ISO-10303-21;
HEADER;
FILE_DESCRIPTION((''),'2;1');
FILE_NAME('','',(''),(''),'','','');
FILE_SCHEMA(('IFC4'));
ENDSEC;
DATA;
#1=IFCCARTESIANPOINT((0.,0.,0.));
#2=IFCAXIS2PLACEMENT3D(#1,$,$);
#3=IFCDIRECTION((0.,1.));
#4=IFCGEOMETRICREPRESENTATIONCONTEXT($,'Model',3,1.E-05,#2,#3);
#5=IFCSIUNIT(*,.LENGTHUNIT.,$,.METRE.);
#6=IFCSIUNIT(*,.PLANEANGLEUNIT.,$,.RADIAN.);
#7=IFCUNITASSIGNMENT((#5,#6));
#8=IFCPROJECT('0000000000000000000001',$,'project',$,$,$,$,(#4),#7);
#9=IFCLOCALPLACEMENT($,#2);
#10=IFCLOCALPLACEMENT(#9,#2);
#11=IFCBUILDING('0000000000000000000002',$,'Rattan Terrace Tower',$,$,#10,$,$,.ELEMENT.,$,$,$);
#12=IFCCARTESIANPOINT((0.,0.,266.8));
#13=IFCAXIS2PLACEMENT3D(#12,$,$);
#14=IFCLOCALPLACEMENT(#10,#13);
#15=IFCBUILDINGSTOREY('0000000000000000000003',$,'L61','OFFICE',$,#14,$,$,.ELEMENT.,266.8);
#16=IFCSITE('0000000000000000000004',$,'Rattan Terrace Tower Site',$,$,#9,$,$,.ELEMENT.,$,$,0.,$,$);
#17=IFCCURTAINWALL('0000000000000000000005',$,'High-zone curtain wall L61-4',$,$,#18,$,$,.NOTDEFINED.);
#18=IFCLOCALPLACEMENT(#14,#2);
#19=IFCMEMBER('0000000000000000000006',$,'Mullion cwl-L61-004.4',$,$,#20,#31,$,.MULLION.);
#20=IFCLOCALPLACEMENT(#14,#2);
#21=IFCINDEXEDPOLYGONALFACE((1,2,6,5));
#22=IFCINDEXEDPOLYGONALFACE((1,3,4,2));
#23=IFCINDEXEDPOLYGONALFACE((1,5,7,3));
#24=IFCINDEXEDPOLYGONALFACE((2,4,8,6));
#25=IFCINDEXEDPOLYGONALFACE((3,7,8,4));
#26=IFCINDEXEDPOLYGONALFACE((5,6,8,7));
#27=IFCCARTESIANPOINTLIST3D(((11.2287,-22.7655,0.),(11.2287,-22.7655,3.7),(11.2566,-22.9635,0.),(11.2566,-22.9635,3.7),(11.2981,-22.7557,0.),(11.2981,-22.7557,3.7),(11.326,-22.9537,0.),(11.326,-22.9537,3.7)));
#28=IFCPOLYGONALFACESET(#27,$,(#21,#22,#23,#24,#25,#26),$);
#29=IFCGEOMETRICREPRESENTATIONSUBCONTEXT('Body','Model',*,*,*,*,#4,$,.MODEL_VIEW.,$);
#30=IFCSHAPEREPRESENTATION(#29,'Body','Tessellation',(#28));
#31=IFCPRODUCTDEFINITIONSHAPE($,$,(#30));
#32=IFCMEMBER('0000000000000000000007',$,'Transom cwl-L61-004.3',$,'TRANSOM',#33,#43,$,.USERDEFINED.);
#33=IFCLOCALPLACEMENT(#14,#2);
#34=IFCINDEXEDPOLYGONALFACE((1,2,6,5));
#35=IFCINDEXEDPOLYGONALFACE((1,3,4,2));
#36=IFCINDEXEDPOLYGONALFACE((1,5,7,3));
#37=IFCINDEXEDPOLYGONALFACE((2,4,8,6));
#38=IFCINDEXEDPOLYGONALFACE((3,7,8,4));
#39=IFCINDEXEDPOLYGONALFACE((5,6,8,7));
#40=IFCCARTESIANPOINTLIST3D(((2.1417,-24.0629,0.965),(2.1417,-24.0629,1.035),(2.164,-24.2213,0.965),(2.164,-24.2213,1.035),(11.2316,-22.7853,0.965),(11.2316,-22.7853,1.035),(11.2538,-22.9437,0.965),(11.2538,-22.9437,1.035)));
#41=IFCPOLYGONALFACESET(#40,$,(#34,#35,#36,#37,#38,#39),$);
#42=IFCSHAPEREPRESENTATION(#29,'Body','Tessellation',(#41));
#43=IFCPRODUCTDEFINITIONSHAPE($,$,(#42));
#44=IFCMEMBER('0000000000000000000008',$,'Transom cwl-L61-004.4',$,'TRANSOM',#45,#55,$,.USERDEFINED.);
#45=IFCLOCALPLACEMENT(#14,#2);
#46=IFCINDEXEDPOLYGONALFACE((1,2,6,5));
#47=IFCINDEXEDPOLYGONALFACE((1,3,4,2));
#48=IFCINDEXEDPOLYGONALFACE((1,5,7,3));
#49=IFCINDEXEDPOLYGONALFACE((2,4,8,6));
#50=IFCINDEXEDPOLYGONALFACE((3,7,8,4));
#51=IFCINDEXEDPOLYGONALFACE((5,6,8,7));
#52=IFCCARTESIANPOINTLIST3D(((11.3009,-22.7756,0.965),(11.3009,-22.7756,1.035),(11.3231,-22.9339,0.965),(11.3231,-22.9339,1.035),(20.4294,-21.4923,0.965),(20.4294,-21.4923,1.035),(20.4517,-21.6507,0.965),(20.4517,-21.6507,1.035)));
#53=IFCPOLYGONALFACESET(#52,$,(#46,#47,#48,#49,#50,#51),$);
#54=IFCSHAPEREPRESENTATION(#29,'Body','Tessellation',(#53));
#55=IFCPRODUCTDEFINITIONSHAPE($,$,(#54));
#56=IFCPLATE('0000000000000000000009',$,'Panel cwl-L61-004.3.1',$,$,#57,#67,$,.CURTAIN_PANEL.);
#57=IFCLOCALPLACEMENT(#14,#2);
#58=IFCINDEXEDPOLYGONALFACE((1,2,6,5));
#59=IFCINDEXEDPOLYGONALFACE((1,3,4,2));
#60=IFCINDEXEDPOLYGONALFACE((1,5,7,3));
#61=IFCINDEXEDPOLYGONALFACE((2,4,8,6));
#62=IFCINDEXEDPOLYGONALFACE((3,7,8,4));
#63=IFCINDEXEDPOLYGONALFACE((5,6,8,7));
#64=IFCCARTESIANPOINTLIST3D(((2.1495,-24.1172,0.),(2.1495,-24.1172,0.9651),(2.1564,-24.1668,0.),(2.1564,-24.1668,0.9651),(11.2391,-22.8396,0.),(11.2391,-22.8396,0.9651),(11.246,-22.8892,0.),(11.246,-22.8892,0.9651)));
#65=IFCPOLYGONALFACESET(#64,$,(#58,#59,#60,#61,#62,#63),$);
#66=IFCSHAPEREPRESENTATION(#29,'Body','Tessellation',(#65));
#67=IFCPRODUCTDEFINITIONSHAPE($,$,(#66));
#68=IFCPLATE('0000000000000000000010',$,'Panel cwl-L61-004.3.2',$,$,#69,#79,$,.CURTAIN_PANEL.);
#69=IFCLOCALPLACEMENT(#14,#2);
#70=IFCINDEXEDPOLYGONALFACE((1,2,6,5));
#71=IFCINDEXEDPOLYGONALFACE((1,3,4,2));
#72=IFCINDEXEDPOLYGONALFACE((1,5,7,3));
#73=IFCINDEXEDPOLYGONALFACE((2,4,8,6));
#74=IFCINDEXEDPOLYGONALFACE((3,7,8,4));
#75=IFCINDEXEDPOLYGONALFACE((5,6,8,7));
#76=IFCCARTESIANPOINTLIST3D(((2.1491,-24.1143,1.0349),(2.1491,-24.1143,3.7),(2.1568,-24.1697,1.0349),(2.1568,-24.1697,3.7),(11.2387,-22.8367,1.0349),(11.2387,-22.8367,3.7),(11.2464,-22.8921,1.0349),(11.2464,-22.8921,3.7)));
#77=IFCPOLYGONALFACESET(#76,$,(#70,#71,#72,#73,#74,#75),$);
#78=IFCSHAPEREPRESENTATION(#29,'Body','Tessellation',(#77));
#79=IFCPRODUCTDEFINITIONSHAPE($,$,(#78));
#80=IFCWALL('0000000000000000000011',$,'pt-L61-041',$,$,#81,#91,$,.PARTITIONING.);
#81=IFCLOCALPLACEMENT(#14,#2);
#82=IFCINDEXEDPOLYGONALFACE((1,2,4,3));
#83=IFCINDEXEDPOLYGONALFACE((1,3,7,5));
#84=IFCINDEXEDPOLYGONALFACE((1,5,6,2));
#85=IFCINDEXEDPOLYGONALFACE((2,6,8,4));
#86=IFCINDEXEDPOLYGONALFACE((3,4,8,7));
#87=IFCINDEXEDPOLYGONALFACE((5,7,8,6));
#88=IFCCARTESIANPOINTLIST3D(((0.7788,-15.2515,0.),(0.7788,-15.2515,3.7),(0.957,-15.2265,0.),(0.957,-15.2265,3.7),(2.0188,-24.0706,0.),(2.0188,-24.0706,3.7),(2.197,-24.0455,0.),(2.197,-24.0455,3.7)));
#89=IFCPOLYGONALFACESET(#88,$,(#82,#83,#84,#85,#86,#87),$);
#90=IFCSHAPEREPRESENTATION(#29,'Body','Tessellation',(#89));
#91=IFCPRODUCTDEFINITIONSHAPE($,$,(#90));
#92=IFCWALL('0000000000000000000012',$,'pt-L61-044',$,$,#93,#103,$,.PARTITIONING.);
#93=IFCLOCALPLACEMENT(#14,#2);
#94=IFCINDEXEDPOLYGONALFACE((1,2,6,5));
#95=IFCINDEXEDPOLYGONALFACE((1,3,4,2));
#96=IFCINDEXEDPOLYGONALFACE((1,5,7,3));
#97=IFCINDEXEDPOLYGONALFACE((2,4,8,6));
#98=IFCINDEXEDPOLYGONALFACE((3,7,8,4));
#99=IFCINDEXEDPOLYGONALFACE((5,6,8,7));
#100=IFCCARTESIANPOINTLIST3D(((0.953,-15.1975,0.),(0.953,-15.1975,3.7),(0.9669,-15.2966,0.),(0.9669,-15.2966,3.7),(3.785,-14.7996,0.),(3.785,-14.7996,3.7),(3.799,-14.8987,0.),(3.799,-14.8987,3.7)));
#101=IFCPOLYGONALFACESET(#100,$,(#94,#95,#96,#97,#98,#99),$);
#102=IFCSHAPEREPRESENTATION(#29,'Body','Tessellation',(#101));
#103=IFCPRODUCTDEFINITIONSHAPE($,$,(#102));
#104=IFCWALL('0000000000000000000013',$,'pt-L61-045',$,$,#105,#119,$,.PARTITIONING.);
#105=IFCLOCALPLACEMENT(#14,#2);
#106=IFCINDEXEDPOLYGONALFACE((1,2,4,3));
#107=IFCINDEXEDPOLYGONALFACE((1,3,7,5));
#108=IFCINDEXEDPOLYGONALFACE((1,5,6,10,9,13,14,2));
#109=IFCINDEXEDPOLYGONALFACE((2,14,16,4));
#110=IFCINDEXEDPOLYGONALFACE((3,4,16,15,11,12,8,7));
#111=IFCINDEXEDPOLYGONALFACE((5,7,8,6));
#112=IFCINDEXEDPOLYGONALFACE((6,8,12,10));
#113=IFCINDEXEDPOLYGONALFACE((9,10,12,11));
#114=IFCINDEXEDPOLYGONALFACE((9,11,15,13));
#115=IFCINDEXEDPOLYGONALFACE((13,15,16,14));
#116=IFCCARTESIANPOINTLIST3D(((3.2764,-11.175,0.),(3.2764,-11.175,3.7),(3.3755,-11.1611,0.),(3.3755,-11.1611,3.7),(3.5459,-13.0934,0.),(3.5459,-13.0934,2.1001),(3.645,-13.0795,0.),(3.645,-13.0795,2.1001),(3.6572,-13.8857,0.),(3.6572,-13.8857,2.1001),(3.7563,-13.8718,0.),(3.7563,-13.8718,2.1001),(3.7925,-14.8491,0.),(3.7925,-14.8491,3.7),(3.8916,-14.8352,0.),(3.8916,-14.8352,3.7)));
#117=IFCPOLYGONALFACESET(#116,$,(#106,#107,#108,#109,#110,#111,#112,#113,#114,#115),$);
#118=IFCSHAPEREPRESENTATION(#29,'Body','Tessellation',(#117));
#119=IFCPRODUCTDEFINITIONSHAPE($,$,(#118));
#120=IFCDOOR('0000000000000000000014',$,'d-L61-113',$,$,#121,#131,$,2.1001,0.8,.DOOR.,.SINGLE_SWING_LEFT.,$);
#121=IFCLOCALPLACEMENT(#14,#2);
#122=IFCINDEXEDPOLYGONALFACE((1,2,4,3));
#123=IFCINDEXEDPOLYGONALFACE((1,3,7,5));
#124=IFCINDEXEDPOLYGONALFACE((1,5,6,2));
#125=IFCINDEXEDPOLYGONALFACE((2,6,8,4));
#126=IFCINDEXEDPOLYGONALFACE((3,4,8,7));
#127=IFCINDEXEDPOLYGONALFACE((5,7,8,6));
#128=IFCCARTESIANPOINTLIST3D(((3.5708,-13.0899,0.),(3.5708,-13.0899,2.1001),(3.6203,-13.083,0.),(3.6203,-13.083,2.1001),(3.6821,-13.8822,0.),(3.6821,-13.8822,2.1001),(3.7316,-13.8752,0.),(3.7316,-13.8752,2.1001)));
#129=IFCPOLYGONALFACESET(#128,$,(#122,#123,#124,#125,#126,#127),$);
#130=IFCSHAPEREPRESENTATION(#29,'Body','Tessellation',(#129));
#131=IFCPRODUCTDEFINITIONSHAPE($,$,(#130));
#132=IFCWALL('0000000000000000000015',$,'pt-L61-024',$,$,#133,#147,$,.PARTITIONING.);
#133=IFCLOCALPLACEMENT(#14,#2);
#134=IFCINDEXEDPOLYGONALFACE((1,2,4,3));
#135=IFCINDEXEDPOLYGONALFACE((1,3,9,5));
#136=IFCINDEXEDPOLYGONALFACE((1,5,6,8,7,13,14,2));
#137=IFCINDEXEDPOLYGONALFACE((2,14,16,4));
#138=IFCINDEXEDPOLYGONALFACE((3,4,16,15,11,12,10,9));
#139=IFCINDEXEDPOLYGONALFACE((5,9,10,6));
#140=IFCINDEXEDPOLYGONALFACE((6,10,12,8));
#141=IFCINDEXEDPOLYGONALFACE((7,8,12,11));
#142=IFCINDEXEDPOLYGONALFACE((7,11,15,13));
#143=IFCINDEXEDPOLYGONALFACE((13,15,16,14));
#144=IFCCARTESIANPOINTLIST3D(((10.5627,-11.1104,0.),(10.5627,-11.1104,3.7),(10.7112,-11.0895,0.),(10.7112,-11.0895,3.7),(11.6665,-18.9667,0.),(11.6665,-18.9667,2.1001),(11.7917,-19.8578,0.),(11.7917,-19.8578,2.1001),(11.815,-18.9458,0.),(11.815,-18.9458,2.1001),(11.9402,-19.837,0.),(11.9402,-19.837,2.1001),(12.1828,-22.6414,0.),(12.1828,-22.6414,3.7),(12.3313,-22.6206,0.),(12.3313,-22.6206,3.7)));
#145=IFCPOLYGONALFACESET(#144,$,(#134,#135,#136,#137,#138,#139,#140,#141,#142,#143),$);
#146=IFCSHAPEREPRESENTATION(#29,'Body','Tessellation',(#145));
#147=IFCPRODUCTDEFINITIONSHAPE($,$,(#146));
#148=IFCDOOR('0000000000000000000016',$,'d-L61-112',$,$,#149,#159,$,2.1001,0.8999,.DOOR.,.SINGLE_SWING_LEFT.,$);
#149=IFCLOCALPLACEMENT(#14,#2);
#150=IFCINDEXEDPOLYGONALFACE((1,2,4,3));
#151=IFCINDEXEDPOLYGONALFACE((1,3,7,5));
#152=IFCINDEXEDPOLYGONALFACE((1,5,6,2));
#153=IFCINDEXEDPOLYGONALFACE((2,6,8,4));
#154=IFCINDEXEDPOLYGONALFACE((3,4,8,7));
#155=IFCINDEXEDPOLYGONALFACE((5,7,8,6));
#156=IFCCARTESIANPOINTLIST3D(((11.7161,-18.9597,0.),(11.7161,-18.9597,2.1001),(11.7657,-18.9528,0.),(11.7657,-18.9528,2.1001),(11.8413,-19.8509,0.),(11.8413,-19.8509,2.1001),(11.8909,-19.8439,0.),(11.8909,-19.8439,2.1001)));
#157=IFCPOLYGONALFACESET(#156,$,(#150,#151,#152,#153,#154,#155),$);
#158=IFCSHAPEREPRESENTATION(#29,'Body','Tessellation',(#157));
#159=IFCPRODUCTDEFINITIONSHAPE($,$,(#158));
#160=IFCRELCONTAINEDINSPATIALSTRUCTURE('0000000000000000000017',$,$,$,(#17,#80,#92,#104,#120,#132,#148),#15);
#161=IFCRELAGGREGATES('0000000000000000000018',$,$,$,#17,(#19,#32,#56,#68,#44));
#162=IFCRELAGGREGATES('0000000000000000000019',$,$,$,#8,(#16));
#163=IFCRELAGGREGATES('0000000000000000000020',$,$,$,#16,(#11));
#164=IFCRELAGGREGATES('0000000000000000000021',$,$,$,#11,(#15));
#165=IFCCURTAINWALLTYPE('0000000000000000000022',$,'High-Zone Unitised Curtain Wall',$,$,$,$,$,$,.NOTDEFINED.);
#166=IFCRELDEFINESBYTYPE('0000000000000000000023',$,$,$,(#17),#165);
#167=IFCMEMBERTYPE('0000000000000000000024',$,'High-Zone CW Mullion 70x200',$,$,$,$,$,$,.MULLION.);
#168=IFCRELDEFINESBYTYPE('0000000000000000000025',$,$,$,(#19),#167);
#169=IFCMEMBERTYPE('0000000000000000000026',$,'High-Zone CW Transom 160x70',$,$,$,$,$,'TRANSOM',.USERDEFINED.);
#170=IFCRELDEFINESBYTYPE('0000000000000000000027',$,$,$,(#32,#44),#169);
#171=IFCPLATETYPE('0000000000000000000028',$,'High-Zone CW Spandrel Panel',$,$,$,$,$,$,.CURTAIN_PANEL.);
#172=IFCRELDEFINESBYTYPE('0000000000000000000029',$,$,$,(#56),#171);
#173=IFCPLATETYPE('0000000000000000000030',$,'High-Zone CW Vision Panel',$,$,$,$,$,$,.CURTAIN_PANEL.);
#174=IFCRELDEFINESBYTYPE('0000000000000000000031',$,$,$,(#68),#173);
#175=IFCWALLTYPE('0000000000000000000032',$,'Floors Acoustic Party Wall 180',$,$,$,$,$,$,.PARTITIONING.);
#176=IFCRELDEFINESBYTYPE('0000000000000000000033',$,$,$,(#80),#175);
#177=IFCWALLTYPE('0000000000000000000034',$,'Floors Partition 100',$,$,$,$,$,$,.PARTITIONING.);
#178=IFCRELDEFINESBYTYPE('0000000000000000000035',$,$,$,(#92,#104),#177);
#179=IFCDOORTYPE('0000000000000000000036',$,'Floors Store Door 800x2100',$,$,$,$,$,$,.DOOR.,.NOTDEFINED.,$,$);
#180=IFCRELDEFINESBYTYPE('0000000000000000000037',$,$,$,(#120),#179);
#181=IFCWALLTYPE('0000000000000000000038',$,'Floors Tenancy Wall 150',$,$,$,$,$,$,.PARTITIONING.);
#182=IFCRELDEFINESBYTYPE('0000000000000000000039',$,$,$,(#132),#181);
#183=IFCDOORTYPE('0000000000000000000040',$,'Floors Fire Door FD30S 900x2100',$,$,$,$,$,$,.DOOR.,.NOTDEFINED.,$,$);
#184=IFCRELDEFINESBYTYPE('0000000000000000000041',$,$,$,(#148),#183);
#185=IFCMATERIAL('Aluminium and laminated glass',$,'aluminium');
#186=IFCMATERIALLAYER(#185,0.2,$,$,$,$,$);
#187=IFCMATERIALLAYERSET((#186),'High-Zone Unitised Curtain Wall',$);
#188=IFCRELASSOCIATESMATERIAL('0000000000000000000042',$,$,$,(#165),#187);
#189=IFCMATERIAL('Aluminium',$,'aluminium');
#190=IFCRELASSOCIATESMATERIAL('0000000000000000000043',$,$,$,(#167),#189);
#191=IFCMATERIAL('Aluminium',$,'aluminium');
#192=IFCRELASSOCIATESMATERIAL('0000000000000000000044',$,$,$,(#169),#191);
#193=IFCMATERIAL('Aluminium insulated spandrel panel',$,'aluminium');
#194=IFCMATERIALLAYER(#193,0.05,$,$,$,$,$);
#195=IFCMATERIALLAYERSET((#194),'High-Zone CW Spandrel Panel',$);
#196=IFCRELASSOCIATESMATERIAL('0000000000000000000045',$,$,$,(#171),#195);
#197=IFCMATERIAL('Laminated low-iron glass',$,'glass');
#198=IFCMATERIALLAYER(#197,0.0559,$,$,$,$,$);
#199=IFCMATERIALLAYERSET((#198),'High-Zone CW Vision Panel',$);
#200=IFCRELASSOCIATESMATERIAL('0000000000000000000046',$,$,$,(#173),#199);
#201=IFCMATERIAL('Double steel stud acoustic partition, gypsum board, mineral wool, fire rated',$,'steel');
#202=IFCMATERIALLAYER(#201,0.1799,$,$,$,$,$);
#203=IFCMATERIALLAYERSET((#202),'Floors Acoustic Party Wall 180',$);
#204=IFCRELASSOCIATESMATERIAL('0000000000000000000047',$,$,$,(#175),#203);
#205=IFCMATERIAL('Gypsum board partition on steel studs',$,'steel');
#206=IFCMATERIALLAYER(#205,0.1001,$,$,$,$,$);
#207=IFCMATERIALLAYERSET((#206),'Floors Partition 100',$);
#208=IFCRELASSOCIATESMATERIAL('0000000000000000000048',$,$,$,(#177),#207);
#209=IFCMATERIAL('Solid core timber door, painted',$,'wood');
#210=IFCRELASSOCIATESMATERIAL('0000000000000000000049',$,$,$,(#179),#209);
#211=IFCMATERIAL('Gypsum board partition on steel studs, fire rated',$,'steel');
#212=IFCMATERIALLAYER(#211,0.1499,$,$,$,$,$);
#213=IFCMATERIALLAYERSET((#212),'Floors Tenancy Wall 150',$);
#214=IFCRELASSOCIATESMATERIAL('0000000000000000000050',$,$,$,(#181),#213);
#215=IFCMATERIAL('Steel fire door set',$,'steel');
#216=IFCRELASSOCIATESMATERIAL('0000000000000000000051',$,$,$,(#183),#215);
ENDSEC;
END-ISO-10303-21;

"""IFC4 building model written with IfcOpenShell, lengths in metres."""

from ifc_helpers import new_model, si_unit, direction, frame, frame_2d, origin, origin_2d, place, context, subcontext, project, spatial, rectangle, extrude, material, layer, layer_set, material_profile, profile_set, type_object, element, fill, aggregate, save


model = new_model("IFC4")

# Units and contexts
model_context = context("Model", 3, precision=1e-05, world=origin(), true_north=direction((0.0, 1.0)))
body_context = subcontext(model_context, "Body", "Model", "MODEL_VIEW")
ifc_project = project(units=[si_unit("LENGTHUNIT", "METRE"), si_unit("PLANEANGLEUNIT", "RADIAN")], contexts=[model_context])

# Site, building, storey
site_placement = place(None, origin())
site = spatial("IfcSite", under=ifc_project, at=site_placement, Name="Rattan Terrace Tower Site", CompositionType="ELEMENT", RefElevation=0.0)
building_placement = place(site_placement, origin())
building = spatial("IfcBuilding", under=site, at=building_placement, Name="Rattan Terrace Tower", CompositionType="ELEMENT")
storey_placement = place(building_placement, frame((0.0, 0.0, 266.8)))
storey = spatial("IfcBuildingStorey", under=building, at=storey_placement, Name="L61", Description="OFFICE", CompositionType="ELEMENT", Elevation=266.8)

# Curtain wall, members, plates
ifc_material_1 = material(Name="Aluminium and laminated glass", Category="aluminium")
ifc_layer_1 = layer(ifc_material_1, 0.2)
ifc_layer_set_1 = layer_set([ifc_layer_1], Name="High-Zone Unitised Curtain Wall")
curtain_wall_type = type_object("IfcCurtainWallType", Name="High-Zone Unitised Curtain Wall", PredefinedType="NOTDEFINED", material=ifc_layer_set_1)
curtain_wall_placement = place(storey_placement, origin())
curtain_wall = element("IfcCurtainWall", 1, at=curtain_wall_placement, inside=storey, type_object=curtain_wall_type, Name="High-zone curtain wall L61-4", PredefinedType="NOTDEFINED")
ifc_material_2 = material(Name="Aluminium", Category="aluminium")
ifc_material_profile_1 = material_profile(ifc_material_2, rectangle(XDim=0.0701, YDim=0.2, at=origin_2d()), Name="Aluminium 70x200")
ifc_profile_set_1 = profile_set([ifc_material_profile_1], Name="Aluminium")
member_type_1 = type_object("IfcMemberType", Name="High-Zone CW Mullion 70x200", PredefinedType="MULLION", material=ifc_profile_set_1)
member_1_placement = place(storey_placement, frame((11.2773, -22.8596, 0.0), z_axis=(0.0, 0.0, 1.0), x_axis=(0.990266, 0.139189, 0.0)))
member_1 = element("IfcMember", 2, at=member_1_placement, type_object=member_type_1, Name="Mullion cwl-L61-004.4", PredefinedType="MULLION", context=body_context, shape_type="SweptSolid", body=[
    extrude(rectangle(XDim=0.0701, YDim=0.2, at=origin_2d()), origin(), (0.0, 0.0, 1.0), 3.7),
])
ifc_material_3 = material(Name="Aluminium", Category="aluminium")
ifc_material_profile_2 = material_profile(ifc_material_3, rectangle(XDim=0.1599, YDim=0.0701, at=origin_2d()), Name="Aluminium 160x70")
ifc_profile_set_2 = profile_set([ifc_material_profile_2], Name="Aluminium")
member_type_2 = type_object("IfcMemberType", Name="High-Zone CW Transom 160x70", ElementType="TRANSOM", PredefinedType="USERDEFINED", material=ifc_profile_set_2)
member_2_placement = place(storey_placement, frame((2.1528, -24.1421, 1.0), z_axis=(0.990267, 0.139183, 0.0), x_axis=(-0.139183, 0.990267, 0.0)))
member_2 = element("IfcMember", 3, at=member_2_placement, type_object=member_type_2, Name="Transom cwl-L61-004.3", ObjectType="TRANSOM", PredefinedType="USERDEFINED", context=body_context, shape_type="SweptSolid", body=[
    extrude(rectangle(XDim=0.1599, YDim=0.0701, at=origin_2d()), origin(), (0.0, 0.0, 1.0), 9.1792),
])
member_3_placement = place(storey_placement, frame((11.312, -22.8547, 1.0), z_axis=(0.990264, 0.139204, 0.0), x_axis=(-0.139204, 0.990264, 0.0)))
member_3 = element("IfcMember", 4, at=member_3_placement, type_object=member_type_2, Name="Transom cwl-L61-004.4", ObjectType="TRANSOM", PredefinedType="USERDEFINED", context=body_context, shape_type="SweptSolid", body=[
    extrude(rectangle(XDim=0.1599, YDim=0.0701, at=origin_2d()), origin(), (0.0, 0.0, 1.0), 9.2183),
])
ifc_material_4 = material(Name="Aluminium insulated spandrel panel", Category="aluminium")
ifc_layer_2 = layer(ifc_material_4, 0.05)
ifc_layer_set_2 = layer_set([ifc_layer_2], Name="High-Zone CW Spandrel Panel")
plate_type_1 = type_object("IfcPlateType", Name="High-Zone CW Spandrel Panel", PredefinedType="CURTAIN_PANEL", material=ifc_layer_set_2)
plate_1_placement = place(storey_placement, frame((6.6978, -23.5032, 0.0), z_axis=(0.0, 0.0, 1.0), x_axis=(0.990266, 0.139189, 0.0)))
plate_1 = element("IfcPlate", 5, at=plate_1_placement, type_object=plate_type_1, Name="Panel cwl-L61-004.3.1", PredefinedType="CURTAIN_PANEL", context=body_context, shape_type="SweptSolid", body=[
    extrude(rectangle(XDim=9.179, YDim=0.05, at=origin_2d()), origin(), (0.0, 0.0, 1.0), 0.9651),
])
ifc_material_5 = material(Name="Laminated low-iron glass", Category="glass")
ifc_layer_3 = layer(ifc_material_5, 0.0559)
ifc_layer_set_3 = layer_set([ifc_layer_3], Name="High-Zone CW Vision Panel")
plate_type_2 = type_object("IfcPlateType", Name="High-Zone CW Vision Panel", PredefinedType="CURTAIN_PANEL", material=ifc_layer_set_3)
plate_2_placement = place(storey_placement, frame((6.6978, -23.5032, 1.0349), z_axis=(0.0, 0.0, 1.0), x_axis=(0.990266, 0.139189, 0.0)))
plate_2 = element("IfcPlate", 6, at=plate_2_placement, type_object=plate_type_2, Name="Panel cwl-L61-004.3.2", PredefinedType="CURTAIN_PANEL", context=body_context, shape_type="SweptSolid", body=[
    extrude(rectangle(XDim=9.179, YDim=0.0559, at=origin_2d()), origin(), (0.0, 0.0, 1.0), 2.665),
])
aggregate(curtain_wall, [member_1, member_2, plate_1, plate_2, member_3])

# Walls
ifc_material_6 = material(Name="Double steel stud acoustic partition, gypsum board, mineral wool, fire rated", Category="steel")
ifc_layer_4 = layer(ifc_material_6, 0.1799)
ifc_layer_set_4 = layer_set([ifc_layer_4], Name="Floors Acoustic Party Wall 180")
wall_type_1 = type_object("IfcWallType", Name="Floors Acoustic Party Wall 180", PredefinedType="PARTITIONING", material=ifc_layer_set_4)
wall_1_placement = place(storey_placement, frame((0.8679, -15.239, 0.0), z_axis=(0.0, 0.0, 1.0), x_axis=(0.139233, -0.99026, 0.0)))
element("IfcWall", 7, at=wall_1_placement, inside=storey, type_object=wall_type_1, Name="pt-L61-041", PredefinedType="PARTITIONING", context=body_context, shape_type="SweptSolid", body=[
    extrude(rectangle(XDim=8.9058, YDim=0.1799, at=frame_2d((4.4529, 0.0))), origin(), (0.0, 0.0, 1.0), 3.7),
])
ifc_material_7 = material(Name="Gypsum board partition on steel studs", Category="steel")
ifc_layer_5 = layer(ifc_material_7, 0.1001)
ifc_layer_set_5 = layer_set([ifc_layer_5], Name="Floors Partition 100")
wall_type_2 = type_object("IfcWallType", Name="Floors Partition 100", PredefinedType="PARTITIONING", material=ifc_layer_set_5)
wall_2_placement = place(storey_placement, frame((0.96, -15.2471, 0.0), z_axis=(0.0, 0.0, 1.0), x_axis=(0.990271, 0.13915, 0.0)))
element("IfcWall", 8, at=wall_2_placement, inside=storey, type_object=wall_type_2, Name="pt-L61-044", PredefinedType="PARTITIONING", context=body_context, shape_type="SweptSolid", body=[
    extrude(rectangle(XDim=2.8599, YDim=0.1001, at=frame_2d((1.4299, 0.0))), origin(), (0.0, 0.0, 1.0), 3.7),
])

# Walls, openings, doors
wall_3_placement = place(storey_placement, frame((3.842, -14.842, 0.0), z_axis=(0.0, 0.0, 1.0), x_axis=(-0.139109, 0.990277, 0.0)))
wall_3 = element("IfcWall", 9, at=wall_3_placement, inside=storey, type_object=wall_type_2, Name="pt-L61-045", PredefinedType="PARTITIONING", context=body_context, shape_type="SweptSolid", body=[
    extrude(rectangle(XDim=3.7102, YDim=0.1001, at=frame_2d((1.855, 0.0))), origin(), (0.0, 0.0, 1.0), 3.7),
])
opening_1_placement = place(wall_3_placement, frame((0.9729, 0.0, 0.0)))
opening_1 = element("IfcOpeningElement", 10, at=opening_1_placement, cuts=wall_3, PredefinedType="OPENING", context=body_context, shape_type="SweptSolid", body=[
    extrude(rectangle(XDim=0.8, YDim=2.1001, at=frame_2d((0.3999, 1.05))), frame((0.0, 0.0605, 0.0), z_axis=(0.0, -1.0, 0.0), x_axis=(1.0, 0.0, 0.0)), (0.0, 0.0, 1.0), 0.1211),
])
ifc_material_8 = material(Name="Solid core timber door, painted", Category="wood")
door_type_1 = type_object("IfcDoorType", Name="Floors Store Door 800x2100", OperationType="NOTDEFINED", PredefinedType="DOOR", material=ifc_material_8)
door_1_placement = place(opening_1_placement, origin())
door_1 = element("IfcDoor", 11, at=door_1_placement, inside=storey, type_object=door_type_1, Name="d-L61-113", OperationType="SINGLE_SWING_LEFT", OverallHeight=2.1001, OverallWidth=0.8, PredefinedType="DOOR", context=body_context, shape_type="SweptSolid", body=[
    extrude(rectangle(XDim=0.8, YDim=2.1001, at=frame_2d((0.3999, 1.05))), frame((0.0, 0.0249, 0.0), z_axis=(0.0, -1.0, 0.0), x_axis=(1.0, 0.0, 0.0)), (0.0, 0.0, 1.0), 0.05),
])
fill(opening_1, door_1)
ifc_material_9 = material(Name="Gypsum board partition on steel studs, fire rated", Category="steel")
ifc_layer_6 = layer(ifc_material_9, 0.1499)
ifc_layer_set_6 = layer_set([ifc_layer_6], Name="Floors Tenancy Wall 150")
wall_type_3 = type_object("IfcWallType", Name="Floors Tenancy Wall 150", PredefinedType="PARTITIONING", material=ifc_layer_set_6)
wall_4_placement = place(storey_placement, frame((12.2571, -22.6311, 0.0), z_axis=(0.0, 0.0, 1.0), x_axis=(-0.139134, 0.990274, 0.0)))
wall_4 = element("IfcWall", 12, at=wall_4_placement, inside=storey, type_object=wall_type_3, Name="pt-L61-024", PredefinedType="PARTITIONING", context=body_context, shape_type="SweptSolid", body=[
    extrude(rectangle(XDim=11.6443, YDim=0.1499, at=frame_2d((5.8223, 0.0))), origin(), (0.0, 0.0, 1.0), 3.7),
])
opening_2_placement = place(wall_4_placement, frame((2.811, 0.0, 0.0)))
opening_2 = element("IfcOpeningElement", 13, at=opening_2_placement, cuts=wall_4, PredefinedType="OPENING", context=body_context, shape_type="SweptSolid", body=[
    extrude(rectangle(XDim=0.8999, YDim=2.1001, at=frame_2d((0.45, 1.05))), frame((0.0, 0.0854, 0.0), z_axis=(0.0, -1.0, 0.0), x_axis=(1.0, 0.0, 0.0)), (0.0, 0.0, 1.0), 0.1709),
])
ifc_material_10 = material(Name="Steel fire door set", Category="steel")
door_type_2 = type_object("IfcDoorType", Name="Floors Fire Door FD30S 900x2100", OperationType="NOTDEFINED", PredefinedType="DOOR", material=ifc_material_10)
door_2_placement = place(opening_2_placement, origin())
door_2 = element("IfcDoor", 14, at=door_2_placement, inside=storey, type_object=door_type_2, Name="d-L61-112", OperationType="SINGLE_SWING_LEFT", OverallHeight=2.1001, OverallWidth=0.8999, PredefinedType="DOOR", context=body_context, shape_type="SweptSolid", body=[
    extrude(rectangle(XDim=0.8999, YDim=2.1001, at=frame_2d((0.45, 1.05))), frame((0.0, 0.0249, 0.0), z_axis=(0.0, -1.0, 0.0), x_axis=(1.0, 0.0, 0.0)), (0.0, 0.0, 1.0), 0.05),
])
fill(opening_2, door_2)

save(model, "model.ifc")
